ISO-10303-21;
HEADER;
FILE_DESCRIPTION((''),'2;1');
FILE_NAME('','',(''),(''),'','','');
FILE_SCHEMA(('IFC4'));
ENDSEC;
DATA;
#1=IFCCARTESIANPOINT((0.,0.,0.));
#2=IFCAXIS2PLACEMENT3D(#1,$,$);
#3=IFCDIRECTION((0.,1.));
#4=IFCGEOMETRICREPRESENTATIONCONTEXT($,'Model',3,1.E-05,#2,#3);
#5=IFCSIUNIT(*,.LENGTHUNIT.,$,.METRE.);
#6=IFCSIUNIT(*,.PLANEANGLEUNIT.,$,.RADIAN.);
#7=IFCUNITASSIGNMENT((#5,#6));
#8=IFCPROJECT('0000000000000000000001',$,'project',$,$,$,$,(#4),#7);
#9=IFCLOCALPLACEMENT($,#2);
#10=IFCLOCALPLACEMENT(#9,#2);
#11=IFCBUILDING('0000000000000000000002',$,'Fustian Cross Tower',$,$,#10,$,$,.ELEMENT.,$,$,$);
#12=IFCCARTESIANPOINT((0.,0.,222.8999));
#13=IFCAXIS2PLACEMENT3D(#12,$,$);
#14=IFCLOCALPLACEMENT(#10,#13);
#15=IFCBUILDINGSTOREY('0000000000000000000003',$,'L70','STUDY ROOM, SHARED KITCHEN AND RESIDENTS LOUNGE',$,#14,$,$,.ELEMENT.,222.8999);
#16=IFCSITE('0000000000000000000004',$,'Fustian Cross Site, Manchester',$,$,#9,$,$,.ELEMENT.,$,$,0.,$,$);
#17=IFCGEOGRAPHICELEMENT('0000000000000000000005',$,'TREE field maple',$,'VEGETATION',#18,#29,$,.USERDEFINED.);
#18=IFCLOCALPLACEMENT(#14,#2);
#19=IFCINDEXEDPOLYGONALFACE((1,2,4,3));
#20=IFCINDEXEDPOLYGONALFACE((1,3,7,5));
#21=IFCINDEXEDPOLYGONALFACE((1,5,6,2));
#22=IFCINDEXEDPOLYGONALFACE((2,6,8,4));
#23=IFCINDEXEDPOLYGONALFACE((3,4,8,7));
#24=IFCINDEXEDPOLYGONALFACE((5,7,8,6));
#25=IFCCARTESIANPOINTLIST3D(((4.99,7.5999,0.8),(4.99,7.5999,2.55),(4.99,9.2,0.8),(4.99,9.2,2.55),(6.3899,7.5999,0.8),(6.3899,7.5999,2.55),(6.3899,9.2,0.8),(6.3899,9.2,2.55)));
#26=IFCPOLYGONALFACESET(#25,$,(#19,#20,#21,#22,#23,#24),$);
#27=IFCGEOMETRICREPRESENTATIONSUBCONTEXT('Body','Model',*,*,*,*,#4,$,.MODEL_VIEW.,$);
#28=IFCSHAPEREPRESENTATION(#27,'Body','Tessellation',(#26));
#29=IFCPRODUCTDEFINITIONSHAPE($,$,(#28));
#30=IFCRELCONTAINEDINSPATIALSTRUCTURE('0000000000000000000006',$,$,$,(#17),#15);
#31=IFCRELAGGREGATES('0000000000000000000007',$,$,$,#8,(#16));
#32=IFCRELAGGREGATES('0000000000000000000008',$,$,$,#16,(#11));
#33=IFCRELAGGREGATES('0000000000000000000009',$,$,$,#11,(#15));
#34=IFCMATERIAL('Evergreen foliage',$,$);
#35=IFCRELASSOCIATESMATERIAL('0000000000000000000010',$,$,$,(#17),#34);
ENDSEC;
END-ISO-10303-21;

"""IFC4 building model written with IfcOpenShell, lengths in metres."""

from ifc_helpers import new_model, si_unit, direction, frame, origin, origin_2d, place, context, subcontext, project, spatial, rectangle, extrude, material, element, save


model = new_model("IFC4")

# Units and contexts
model_context = context("Model", 3, precision=1e-05, world=origin(), true_north=direction((0.0, 1.0)))
body_context = subcontext(model_context, "Body", "Model", "MODEL_VIEW")
ifc_project = project(units=[si_unit("LENGTHUNIT", "METRE"), si_unit("PLANEANGLEUNIT", "RADIAN")], contexts=[model_context])

# Site, building, storey
site_placement = place(None, origin())
site = spatial("IfcSite", under=ifc_project, at=site_placement, Name="Fustian Cross Site, Manchester", CompositionType="ELEMENT", RefElevation=0.0)
building_placement = place(site_placement, origin())
building = spatial("IfcBuilding", under=site, at=building_placement, Name="Fustian Cross Tower", CompositionType="ELEMENT")
storey_placement = place(building_placement, frame((0.0, 0.0, 222.8999)))
storey = spatial("IfcBuildingStorey", under=building, at=storey_placement, Name="L70", Description="STUDY ROOM, SHARED KITCHEN AND RESIDENTS LOUNGE", CompositionType="ELEMENT", Elevation=222.8999)

# Geographic element
ifc_material_1 = material(Name="Evergreen foliage")
geographic_element_placement = place(storey_placement, frame((5.6899, 8.3999, 0.8), z_axis=(0.0, 0.0, 1.0), x_axis=(1.0, 0.0, 0.0)))
element("IfcGeographicElement", 1, at=geographic_element_placement, inside=storey, material=ifc_material_1, Name="TREE field maple", ObjectType="VEGETATION", PredefinedType="USERDEFINED", context=body_context, shape_type="SweptSolid", body=[
    extrude(rectangle(XDim=1.3999, YDim=1.6001, at=origin_2d()), origin(), (0.0, 0.0, 1.0), 1.75),
])

save(model, "model.ifc")
